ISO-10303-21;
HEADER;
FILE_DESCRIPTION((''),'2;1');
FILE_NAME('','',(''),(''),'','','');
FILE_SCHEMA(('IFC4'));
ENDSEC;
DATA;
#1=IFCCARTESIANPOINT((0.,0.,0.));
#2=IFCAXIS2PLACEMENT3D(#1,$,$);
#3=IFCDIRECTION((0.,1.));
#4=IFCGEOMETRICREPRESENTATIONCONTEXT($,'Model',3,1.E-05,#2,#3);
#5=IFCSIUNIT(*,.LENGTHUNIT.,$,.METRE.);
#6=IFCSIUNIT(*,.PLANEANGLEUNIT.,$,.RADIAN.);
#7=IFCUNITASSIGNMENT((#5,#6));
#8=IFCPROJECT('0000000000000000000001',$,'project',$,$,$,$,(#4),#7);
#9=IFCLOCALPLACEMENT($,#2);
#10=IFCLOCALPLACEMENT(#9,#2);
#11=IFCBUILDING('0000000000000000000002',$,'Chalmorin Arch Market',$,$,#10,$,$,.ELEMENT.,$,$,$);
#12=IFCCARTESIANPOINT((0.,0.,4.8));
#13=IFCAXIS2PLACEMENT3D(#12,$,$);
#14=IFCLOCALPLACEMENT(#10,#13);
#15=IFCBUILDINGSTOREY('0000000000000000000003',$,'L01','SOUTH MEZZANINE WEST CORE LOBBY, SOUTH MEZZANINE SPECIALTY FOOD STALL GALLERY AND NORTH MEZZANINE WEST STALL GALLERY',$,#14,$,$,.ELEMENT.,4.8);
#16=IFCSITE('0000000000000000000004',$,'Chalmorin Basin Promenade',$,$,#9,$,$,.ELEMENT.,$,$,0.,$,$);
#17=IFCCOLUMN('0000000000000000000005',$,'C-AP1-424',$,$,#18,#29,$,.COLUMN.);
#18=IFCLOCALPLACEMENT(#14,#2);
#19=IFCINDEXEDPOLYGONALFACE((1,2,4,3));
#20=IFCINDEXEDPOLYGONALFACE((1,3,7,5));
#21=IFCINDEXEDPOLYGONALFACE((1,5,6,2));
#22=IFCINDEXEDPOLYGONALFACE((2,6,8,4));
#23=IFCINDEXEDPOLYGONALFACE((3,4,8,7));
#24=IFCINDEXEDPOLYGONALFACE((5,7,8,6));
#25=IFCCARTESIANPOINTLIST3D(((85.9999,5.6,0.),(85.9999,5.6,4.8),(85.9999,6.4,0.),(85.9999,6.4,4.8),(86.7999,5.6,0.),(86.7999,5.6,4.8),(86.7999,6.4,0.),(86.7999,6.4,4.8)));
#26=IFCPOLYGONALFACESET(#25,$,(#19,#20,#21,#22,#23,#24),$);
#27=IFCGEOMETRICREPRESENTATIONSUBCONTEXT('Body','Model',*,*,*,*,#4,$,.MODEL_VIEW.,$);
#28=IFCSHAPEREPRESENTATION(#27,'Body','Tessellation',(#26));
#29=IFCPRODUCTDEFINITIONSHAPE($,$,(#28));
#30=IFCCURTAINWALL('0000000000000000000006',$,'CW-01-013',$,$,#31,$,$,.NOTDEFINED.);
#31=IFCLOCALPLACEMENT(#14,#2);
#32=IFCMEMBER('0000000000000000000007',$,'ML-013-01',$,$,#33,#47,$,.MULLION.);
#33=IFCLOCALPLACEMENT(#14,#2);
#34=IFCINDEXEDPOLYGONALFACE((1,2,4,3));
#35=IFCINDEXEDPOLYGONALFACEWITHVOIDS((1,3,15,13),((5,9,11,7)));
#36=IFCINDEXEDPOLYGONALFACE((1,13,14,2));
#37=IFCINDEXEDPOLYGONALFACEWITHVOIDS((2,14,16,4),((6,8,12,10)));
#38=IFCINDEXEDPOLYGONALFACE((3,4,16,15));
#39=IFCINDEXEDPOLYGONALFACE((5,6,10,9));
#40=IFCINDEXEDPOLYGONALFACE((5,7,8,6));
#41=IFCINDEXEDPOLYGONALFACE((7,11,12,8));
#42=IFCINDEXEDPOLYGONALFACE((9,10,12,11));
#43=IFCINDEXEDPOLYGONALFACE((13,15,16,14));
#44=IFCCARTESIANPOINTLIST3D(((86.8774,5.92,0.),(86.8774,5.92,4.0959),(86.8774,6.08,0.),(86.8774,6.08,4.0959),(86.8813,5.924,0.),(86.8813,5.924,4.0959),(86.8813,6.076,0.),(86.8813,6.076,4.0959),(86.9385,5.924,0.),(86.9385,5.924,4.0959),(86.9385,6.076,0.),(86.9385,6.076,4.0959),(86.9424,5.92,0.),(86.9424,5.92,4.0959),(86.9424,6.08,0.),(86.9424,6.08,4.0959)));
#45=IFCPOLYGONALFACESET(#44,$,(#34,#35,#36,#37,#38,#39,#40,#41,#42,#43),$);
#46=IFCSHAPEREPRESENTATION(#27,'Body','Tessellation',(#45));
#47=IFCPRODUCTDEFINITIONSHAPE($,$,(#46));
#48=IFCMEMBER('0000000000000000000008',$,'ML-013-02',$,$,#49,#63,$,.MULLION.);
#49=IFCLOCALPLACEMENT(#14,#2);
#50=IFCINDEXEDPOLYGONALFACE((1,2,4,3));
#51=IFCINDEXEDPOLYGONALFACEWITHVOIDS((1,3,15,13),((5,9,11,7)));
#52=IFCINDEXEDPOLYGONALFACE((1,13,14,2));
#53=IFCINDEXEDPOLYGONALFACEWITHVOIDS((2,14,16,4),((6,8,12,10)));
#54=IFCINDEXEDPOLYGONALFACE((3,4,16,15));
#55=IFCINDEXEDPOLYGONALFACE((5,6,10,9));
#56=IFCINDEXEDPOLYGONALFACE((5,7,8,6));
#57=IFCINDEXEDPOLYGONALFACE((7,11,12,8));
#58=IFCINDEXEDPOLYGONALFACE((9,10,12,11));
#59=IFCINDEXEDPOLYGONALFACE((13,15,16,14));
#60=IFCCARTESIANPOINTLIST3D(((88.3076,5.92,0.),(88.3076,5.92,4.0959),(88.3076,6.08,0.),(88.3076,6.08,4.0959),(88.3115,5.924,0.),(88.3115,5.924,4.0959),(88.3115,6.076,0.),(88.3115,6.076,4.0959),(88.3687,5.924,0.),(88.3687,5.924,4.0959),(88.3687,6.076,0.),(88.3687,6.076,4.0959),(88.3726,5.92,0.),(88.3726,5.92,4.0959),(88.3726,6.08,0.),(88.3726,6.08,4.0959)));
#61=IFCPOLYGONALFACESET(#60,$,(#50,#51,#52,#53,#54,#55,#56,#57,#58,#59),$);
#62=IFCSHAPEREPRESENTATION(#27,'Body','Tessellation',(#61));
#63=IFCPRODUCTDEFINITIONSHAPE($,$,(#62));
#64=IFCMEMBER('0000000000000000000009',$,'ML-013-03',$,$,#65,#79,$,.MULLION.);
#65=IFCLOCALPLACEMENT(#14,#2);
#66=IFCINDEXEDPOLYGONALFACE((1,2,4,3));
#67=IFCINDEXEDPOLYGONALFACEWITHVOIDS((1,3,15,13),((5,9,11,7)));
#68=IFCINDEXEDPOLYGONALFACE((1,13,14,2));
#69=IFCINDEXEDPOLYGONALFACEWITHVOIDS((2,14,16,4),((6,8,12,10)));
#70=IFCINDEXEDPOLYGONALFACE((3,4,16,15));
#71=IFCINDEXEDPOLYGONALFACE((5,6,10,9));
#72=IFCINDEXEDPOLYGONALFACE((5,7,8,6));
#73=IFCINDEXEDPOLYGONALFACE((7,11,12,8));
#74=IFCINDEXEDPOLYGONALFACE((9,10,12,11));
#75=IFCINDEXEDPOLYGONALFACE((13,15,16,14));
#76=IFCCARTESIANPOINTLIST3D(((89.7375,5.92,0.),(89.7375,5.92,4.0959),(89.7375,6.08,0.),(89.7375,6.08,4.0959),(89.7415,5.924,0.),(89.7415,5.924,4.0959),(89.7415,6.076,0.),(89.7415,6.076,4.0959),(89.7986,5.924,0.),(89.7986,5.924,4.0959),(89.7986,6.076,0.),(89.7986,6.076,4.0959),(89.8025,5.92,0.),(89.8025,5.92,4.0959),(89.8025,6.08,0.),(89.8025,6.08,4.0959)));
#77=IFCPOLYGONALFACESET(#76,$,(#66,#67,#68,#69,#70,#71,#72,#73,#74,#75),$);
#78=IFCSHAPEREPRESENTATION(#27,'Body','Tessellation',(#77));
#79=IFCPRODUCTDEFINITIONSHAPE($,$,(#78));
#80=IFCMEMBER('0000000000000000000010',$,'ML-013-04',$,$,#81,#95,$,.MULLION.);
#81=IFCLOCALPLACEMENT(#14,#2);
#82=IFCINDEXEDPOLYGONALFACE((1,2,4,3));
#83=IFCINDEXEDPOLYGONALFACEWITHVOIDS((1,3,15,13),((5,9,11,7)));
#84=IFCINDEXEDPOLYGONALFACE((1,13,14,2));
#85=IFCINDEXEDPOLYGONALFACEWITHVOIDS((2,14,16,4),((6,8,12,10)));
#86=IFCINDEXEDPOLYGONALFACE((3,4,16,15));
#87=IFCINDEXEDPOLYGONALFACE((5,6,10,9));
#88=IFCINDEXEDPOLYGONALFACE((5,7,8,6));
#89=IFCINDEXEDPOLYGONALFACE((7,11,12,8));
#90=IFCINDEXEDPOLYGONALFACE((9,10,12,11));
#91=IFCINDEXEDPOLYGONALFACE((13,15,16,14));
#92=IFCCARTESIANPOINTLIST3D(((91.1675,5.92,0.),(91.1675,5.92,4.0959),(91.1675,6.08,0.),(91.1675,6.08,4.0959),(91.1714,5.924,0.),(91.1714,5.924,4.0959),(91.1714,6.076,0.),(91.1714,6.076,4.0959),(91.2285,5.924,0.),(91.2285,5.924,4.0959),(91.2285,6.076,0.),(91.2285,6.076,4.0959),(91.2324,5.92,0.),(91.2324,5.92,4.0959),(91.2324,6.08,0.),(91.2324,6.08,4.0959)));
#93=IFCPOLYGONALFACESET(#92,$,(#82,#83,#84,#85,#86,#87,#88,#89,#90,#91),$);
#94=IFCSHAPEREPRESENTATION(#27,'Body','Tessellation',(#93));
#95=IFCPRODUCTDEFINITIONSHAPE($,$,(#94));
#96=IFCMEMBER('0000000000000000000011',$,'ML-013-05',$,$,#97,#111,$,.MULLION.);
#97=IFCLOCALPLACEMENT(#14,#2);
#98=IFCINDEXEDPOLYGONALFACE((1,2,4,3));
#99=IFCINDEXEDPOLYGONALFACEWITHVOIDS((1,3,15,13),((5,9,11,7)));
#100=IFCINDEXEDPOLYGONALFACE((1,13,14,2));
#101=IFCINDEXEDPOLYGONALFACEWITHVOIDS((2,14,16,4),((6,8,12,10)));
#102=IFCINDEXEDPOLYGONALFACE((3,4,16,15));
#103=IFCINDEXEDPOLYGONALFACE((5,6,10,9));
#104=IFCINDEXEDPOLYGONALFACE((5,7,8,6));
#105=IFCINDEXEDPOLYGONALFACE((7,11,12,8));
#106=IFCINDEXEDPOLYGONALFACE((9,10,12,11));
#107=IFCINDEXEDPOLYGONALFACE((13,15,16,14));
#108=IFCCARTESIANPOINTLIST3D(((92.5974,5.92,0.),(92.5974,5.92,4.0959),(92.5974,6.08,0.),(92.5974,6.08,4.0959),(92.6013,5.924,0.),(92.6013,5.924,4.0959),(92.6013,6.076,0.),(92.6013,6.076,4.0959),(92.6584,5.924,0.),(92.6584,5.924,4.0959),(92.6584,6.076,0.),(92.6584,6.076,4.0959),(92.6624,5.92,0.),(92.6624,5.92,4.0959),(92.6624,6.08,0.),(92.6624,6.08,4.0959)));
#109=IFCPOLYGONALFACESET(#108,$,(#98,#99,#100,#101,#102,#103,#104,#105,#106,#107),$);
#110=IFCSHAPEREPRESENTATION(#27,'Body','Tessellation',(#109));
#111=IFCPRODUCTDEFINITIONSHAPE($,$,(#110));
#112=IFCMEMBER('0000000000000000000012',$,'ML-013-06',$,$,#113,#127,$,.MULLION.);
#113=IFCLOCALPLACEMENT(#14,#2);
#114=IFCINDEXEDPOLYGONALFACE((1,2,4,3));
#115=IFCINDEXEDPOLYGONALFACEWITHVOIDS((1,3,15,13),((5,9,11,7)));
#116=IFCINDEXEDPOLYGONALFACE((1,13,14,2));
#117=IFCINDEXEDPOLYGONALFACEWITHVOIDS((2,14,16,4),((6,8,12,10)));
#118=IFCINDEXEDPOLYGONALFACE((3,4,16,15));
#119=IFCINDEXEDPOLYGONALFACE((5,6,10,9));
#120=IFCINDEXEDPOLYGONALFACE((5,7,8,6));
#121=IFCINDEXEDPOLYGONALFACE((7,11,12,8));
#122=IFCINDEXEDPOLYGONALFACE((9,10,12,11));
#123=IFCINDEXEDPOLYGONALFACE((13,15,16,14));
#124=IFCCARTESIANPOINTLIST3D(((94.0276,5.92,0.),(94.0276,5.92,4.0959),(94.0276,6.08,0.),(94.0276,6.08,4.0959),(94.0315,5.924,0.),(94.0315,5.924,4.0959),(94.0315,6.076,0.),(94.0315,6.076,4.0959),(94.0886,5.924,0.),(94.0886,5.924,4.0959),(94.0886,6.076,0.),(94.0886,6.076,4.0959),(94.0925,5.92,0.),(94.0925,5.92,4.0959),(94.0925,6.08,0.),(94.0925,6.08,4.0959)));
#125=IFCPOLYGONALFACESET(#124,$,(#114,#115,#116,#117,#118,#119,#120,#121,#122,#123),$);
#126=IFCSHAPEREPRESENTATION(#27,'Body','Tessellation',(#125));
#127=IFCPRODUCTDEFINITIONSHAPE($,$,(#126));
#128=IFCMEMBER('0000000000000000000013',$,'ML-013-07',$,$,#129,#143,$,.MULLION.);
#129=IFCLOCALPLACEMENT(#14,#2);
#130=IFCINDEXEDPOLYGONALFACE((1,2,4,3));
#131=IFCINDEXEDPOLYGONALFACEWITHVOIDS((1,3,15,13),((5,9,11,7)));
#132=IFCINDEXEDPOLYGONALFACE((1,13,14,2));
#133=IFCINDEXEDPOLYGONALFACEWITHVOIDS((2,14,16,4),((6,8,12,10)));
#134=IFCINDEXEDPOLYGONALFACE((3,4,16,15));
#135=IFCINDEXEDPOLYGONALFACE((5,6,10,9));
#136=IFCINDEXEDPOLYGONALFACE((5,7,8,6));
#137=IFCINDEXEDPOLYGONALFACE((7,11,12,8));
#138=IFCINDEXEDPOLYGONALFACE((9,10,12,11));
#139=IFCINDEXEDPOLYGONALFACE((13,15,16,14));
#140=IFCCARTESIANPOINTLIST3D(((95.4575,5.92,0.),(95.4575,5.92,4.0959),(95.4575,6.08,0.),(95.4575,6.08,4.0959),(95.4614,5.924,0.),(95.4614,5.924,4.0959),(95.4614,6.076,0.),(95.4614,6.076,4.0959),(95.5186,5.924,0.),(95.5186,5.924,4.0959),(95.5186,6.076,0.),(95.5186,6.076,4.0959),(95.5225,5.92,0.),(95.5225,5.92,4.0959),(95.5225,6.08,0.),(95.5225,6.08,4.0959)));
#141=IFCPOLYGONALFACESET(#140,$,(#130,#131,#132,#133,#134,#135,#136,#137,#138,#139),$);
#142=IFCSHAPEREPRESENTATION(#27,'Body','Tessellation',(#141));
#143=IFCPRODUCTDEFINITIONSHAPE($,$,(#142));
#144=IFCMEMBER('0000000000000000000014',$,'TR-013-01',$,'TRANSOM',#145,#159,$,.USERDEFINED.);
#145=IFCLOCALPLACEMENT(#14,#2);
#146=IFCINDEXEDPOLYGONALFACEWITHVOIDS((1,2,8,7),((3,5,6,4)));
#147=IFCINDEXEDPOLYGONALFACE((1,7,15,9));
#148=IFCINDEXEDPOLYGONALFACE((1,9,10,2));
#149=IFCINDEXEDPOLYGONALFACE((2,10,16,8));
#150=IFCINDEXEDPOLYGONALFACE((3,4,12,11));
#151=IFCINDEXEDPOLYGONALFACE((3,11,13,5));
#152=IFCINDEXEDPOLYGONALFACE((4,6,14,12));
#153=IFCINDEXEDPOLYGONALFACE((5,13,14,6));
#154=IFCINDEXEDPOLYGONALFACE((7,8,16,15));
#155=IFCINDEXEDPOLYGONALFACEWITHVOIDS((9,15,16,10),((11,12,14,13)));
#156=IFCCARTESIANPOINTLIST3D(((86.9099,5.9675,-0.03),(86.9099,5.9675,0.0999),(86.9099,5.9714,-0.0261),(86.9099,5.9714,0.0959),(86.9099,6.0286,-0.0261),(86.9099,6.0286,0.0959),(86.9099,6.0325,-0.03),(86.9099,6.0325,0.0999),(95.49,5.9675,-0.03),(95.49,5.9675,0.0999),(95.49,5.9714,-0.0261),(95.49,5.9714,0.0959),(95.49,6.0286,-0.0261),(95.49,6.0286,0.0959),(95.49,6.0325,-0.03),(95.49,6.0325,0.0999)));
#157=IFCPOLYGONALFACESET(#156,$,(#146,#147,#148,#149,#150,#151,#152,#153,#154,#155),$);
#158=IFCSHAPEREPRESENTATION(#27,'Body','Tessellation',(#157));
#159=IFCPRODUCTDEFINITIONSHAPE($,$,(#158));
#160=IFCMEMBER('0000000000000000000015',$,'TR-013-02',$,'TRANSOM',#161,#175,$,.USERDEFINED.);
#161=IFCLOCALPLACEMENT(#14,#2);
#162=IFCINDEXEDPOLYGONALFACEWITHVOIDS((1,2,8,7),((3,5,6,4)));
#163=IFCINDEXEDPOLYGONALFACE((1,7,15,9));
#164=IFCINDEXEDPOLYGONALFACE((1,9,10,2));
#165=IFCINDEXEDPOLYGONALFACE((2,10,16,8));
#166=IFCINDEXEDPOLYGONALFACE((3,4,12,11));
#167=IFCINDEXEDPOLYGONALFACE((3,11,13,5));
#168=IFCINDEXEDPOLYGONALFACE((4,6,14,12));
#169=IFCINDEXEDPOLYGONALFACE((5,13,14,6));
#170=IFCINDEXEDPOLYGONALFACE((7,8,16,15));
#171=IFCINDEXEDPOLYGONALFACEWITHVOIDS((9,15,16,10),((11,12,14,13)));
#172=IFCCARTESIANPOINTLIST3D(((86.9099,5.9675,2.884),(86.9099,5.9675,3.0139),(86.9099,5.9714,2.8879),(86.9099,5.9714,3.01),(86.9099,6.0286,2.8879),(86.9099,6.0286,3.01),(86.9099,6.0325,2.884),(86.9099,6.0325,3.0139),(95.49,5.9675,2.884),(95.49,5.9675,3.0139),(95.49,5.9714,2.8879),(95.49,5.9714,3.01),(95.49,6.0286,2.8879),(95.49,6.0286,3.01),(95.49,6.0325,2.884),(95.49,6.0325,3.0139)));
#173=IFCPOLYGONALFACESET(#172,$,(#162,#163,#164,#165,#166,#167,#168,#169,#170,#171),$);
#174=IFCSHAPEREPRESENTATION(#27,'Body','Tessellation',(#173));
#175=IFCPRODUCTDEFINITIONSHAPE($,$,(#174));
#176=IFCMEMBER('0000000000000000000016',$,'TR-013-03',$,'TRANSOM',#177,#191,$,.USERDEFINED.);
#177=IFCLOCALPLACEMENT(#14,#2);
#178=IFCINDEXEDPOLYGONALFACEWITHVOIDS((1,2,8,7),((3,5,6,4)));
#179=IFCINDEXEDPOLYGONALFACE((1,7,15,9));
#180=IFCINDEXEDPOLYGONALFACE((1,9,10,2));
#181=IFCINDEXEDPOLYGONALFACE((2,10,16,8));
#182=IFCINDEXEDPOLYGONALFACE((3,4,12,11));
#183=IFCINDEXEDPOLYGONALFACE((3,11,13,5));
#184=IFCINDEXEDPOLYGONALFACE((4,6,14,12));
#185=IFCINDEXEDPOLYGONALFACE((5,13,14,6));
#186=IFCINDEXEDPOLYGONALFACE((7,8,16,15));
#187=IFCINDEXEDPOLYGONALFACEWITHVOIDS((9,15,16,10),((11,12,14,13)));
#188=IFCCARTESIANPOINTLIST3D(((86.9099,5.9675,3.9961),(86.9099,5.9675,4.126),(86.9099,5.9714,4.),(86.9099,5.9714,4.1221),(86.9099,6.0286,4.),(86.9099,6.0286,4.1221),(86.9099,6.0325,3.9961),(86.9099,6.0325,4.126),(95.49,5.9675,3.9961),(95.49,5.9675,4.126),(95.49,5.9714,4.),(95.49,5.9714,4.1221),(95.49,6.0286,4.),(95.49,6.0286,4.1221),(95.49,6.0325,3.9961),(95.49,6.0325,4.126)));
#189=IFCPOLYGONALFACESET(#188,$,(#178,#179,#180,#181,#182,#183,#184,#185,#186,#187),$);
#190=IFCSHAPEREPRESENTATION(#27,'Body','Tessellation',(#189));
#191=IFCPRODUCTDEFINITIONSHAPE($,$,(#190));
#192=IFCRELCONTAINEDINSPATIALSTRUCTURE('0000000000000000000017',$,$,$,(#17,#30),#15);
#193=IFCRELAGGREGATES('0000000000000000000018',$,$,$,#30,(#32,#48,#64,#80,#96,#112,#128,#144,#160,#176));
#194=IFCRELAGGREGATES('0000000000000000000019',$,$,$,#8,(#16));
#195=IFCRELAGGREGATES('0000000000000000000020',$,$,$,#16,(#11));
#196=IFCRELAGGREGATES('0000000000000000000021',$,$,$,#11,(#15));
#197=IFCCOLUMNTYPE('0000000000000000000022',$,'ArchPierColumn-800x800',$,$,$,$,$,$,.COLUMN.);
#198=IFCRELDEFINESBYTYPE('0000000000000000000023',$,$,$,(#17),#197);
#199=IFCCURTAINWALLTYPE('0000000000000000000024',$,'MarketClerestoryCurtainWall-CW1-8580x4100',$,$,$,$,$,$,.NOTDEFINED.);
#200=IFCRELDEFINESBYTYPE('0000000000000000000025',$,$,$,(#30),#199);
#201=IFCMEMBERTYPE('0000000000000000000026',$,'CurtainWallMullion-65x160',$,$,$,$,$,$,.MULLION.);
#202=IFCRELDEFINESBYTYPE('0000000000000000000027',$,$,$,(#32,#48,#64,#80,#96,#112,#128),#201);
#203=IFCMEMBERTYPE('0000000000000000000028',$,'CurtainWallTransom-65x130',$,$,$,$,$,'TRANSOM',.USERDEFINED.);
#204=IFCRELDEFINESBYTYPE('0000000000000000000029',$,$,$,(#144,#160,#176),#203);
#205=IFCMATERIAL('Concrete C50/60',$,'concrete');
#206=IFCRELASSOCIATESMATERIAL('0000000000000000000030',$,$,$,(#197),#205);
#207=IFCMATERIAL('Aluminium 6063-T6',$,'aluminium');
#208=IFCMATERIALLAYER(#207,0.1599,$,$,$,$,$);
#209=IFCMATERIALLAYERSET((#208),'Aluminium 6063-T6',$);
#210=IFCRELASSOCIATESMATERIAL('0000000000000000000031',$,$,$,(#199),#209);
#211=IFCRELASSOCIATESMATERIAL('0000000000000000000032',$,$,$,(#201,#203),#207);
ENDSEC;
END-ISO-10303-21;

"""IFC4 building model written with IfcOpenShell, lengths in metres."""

from ifc_helpers import new_model, si_unit, direction, frame, origin, origin_2d, place, context, subcontext, project, spatial, rectangle, hollow_rectangle, extrude, material, layer, layer_set, material_profile, profile_set, type_object, element, aggregate, save


model = new_model("IFC4")

# Units and contexts
model_context = context("Model", 3, precision=1e-05, world=origin(), true_north=direction((0.0, 1.0)))
body_context = subcontext(model_context, "Body", "Model", "MODEL_VIEW")
ifc_project = project(units=[si_unit("LENGTHUNIT", "METRE"), si_unit("PLANEANGLEUNIT", "RADIAN")], contexts=[model_context])

# Site, building, storey
site_placement = place(None, origin())
site = spatial("IfcSite", under=ifc_project, at=site_placement, Name="Chalmorin Basin Promenade", CompositionType="ELEMENT", RefElevation=0.0)
building_placement = place(site_placement, origin())
building = spatial("IfcBuilding", under=site, at=building_placement, Name="Chalmorin Arch Market", CompositionType="ELEMENT")
storey_placement = place(building_placement, frame((0.0, 0.0, 4.8)))
storey = spatial("IfcBuildingStorey", under=building, at=storey_placement, Name="L01", Description="SOUTH MEZZANINE WEST CORE LOBBY, SOUTH MEZZANINE SPECIALTY FOOD STALL GALLERY AND NORTH MEZZANINE WEST STALL GALLERY", CompositionType="ELEMENT", Elevation=4.8)

# Column
ifc_material_1 = material(Name="Concrete C50/60", Category="concrete")
ifc_material_profile_1 = material_profile(ifc_material_1, rectangle(XDim=0.8, YDim=0.8, at=origin_2d()), Name="RC800X800")
ifc_profile_set_1 = profile_set([ifc_material_profile_1], Name="Concrete C50/60")
column_type = type_object("IfcColumnType", Name="ArchPierColumn-800x800", PredefinedType="COLUMN", material=ifc_profile_set_1)
column_placement = place(storey_placement, frame((86.3999, 6.0, 0.0), z_axis=(0.0, 0.0, 1.0), x_axis=(1.0, 0.0, 0.0)))
element("IfcColumn", 1, at=column_placement, inside=storey, type_object=column_type, Name="C-AP1-424", PredefinedType="COLUMN", context=body_context, shape_type="SweptSolid", body=[
    extrude(rectangle(XDim=0.8, YDim=0.8, at=origin_2d()), origin(), (0.0, 0.0, 1.0), 4.8),
])

# Curtain wall, members
ifc_material_2 = material(Name="Aluminium 6063-T6", Category="aluminium")
ifc_layer_1 = layer(ifc_material_2, 0.1599)
ifc_layer_set_1 = layer_set([ifc_layer_1], Name="Aluminium 6063-T6")
curtain_wall_type = type_object("IfcCurtainWallType", Name="MarketClerestoryCurtainWall-CW1-8580x4100", PredefinedType="NOTDEFINED", material=ifc_layer_set_1)
curtain_wall_placement = place(storey_placement, origin())
curtain_wall = element("IfcCurtainWall", 2, at=curtain_wall_placement, inside=storey, type_object=curtain_wall_type, Name="CW-01-013", PredefinedType="NOTDEFINED")
ifc_material_profile_2 = material_profile(ifc_material_2, hollow_rectangle(XDim=0.0649, YDim=0.1599, WallThickness=0.0039, at=origin_2d()), Name="ALU65X160X4")
ifc_profile_set_2 = profile_set([ifc_material_profile_2], Name="Aluminium 6063-T6")
member_type_1 = type_object("IfcMemberType", Name="CurtainWallMullion-65x160", PredefinedType="MULLION", material=ifc_profile_set_2)
member_1_placement = place(storey_placement, frame((86.9099, 6.0, 0.0), z_axis=(0.0, 0.0, 1.0), x_axis=(1.0, 0.0, 0.0)))
member_1 = element("IfcMember", 3, at=member_1_placement, type_object=member_type_1, Name="ML-013-01", PredefinedType="MULLION", context=body_context, shape_type="SweptSolid", body=[
    extrude(hollow_rectangle(XDim=0.0649, YDim=0.1599, WallThickness=0.0039, at=origin_2d()), origin(), (0.0, 0.0, 1.0), 4.0959),
])
member_2_placement = place(storey_placement, frame((88.3401, 6.0, 0.0), z_axis=(0.0, 0.0, 1.0), x_axis=(1.0, 0.0, 0.0)))
member_2 = element("IfcMember", 4, at=member_2_placement, type_object=member_type_1, Name="ML-013-02", PredefinedType="MULLION", context=body_context, shape_type="SweptSolid", body=[
    extrude(hollow_rectangle(XDim=0.0649, YDim=0.1599, WallThickness=0.0039, at=origin_2d()), origin(), (0.0, 0.0, 1.0), 4.0959),
])
member_3_placement = place(storey_placement, frame((89.77, 6.0, 0.0), z_axis=(0.0, 0.0, 1.0), x_axis=(1.0, 0.0, 0.0)))
member_3 = element("IfcMember", 5, at=member_3_placement, type_object=member_type_1, Name="ML-013-03", PredefinedType="MULLION", context=body_context, shape_type="SweptSolid", body=[
    extrude(hollow_rectangle(XDim=0.0649, YDim=0.1599, WallThickness=0.0039, at=origin_2d()), origin(), (0.0, 0.0, 1.0), 4.0959),
])
member_4_placement = place(storey_placement, frame((91.2, 6.0, 0.0), z_axis=(0.0, 0.0, 1.0), x_axis=(1.0, 0.0, 0.0)))
member_4 = element("IfcMember", 6, at=member_4_placement, type_object=member_type_1, Name="ML-013-04", PredefinedType="MULLION", context=body_context, shape_type="SweptSolid", body=[
    extrude(hollow_rectangle(XDim=0.0649, YDim=0.1599, WallThickness=0.0039, at=origin_2d()), origin(), (0.0, 0.0, 1.0), 4.0959),
])
member_5_placement = place(storey_placement, frame((92.6299, 6.0, 0.0), z_axis=(0.0, 0.0, 1.0), x_axis=(1.0, 0.0, 0.0)))
member_5 = element("IfcMember", 7, at=member_5_placement, type_object=member_type_1, Name="ML-013-05", PredefinedType="MULLION", context=body_context, shape_type="SweptSolid", body=[
    extrude(hollow_rectangle(XDim=0.0649, YDim=0.1599, WallThickness=0.0039, at=origin_2d()), origin(), (0.0, 0.0, 1.0), 4.0959),
])
member_6_placement = place(storey_placement, frame((94.0601, 6.0, 0.0), z_axis=(0.0, 0.0, 1.0), x_axis=(1.0, 0.0, 0.0)))
member_6 = element("IfcMember", 8, at=member_6_placement, type_object=member_type_1, Name="ML-013-06", PredefinedType="MULLION", context=body_context, shape_type="SweptSolid", body=[
    extrude(hollow_rectangle(XDim=0.0649, YDim=0.1599, WallThickness=0.0039, at=origin_2d()), origin(), (0.0, 0.0, 1.0), 4.0959),
])
member_7_placement = place(storey_placement, frame((95.49, 6.0, 0.0), z_axis=(0.0, 0.0, 1.0), x_axis=(1.0, 0.0, 0.0)))
member_7 = element("IfcMember", 9, at=member_7_placement, type_object=member_type_1, Name="ML-013-07", PredefinedType="MULLION", context=body_context, shape_type="SweptSolid", body=[
    extrude(hollow_rectangle(XDim=0.0649, YDim=0.1599, WallThickness=0.0039, at=origin_2d()), origin(), (0.0, 0.0, 1.0), 4.0959),
])
ifc_material_profile_3 = material_profile(ifc_material_2, hollow_rectangle(XDim=0.0649, YDim=0.1299, WallThickness=0.0039, at=origin_2d()), Name="ALU65X130X4")
ifc_profile_set_3 = profile_set([ifc_material_profile_3], Name="Aluminium 6063-T6")
member_type_2 = type_object("IfcMemberType", Name="CurtainWallTransom-65x130", ElementType="TRANSOM", PredefinedType="USERDEFINED", material=ifc_profile_set_3)
member_8_placement = place(storey_placement, frame((86.9099, 6.0, 0.0349), z_axis=(1.0, 0.0, 0.0), x_axis=(0.0, 1.0, 0.0)))
member_8 = element("IfcMember", 10, at=member_8_placement, type_object=member_type_2, Name="TR-013-01", ObjectType="TRANSOM", PredefinedType="USERDEFINED", context=body_context, shape_type="SweptSolid", body=[
    extrude(hollow_rectangle(XDim=0.0649, YDim=0.1299, WallThickness=0.0039, at=origin_2d()), origin(), (0.0, 0.0, 1.0), 8.5801),
])
member_9_placement = place(storey_placement, frame((86.9099, 6.0, 2.949), z_axis=(1.0, 0.0, 0.0), x_axis=(0.0, 1.0, 0.0)))
member_9 = element("IfcMember", 11, at=member_9_placement, type_object=member_type_2, Name="TR-013-02", ObjectType="TRANSOM", PredefinedType="USERDEFINED", context=body_context, shape_type="SweptSolid", body=[
    extrude(hollow_rectangle(XDim=0.0649, YDim=0.1299, WallThickness=0.0039, at=origin_2d()), origin(), (0.0, 0.0, 1.0), 8.5801),
])
member_10_placement = place(storey_placement, frame((86.9099, 6.0, 4.061), z_axis=(1.0, 0.0, 0.0), x_axis=(0.0, 1.0, 0.0)))
member_10 = element("IfcMember", 12, at=member_10_placement, type_object=member_type_2, Name="TR-013-03", ObjectType="TRANSOM", PredefinedType="USERDEFINED", context=body_context, shape_type="SweptSolid", body=[
    extrude(hollow_rectangle(XDim=0.0649, YDim=0.1299, WallThickness=0.0039, at=origin_2d()), origin(), (0.0, 0.0, 1.0), 8.5801),
])

aggregate(curtain_wall, [member_1, member_2, member_3, member_4, member_5, member_6, member_7, member_8, member_9, member_10])

save(model, "model.ifc")
